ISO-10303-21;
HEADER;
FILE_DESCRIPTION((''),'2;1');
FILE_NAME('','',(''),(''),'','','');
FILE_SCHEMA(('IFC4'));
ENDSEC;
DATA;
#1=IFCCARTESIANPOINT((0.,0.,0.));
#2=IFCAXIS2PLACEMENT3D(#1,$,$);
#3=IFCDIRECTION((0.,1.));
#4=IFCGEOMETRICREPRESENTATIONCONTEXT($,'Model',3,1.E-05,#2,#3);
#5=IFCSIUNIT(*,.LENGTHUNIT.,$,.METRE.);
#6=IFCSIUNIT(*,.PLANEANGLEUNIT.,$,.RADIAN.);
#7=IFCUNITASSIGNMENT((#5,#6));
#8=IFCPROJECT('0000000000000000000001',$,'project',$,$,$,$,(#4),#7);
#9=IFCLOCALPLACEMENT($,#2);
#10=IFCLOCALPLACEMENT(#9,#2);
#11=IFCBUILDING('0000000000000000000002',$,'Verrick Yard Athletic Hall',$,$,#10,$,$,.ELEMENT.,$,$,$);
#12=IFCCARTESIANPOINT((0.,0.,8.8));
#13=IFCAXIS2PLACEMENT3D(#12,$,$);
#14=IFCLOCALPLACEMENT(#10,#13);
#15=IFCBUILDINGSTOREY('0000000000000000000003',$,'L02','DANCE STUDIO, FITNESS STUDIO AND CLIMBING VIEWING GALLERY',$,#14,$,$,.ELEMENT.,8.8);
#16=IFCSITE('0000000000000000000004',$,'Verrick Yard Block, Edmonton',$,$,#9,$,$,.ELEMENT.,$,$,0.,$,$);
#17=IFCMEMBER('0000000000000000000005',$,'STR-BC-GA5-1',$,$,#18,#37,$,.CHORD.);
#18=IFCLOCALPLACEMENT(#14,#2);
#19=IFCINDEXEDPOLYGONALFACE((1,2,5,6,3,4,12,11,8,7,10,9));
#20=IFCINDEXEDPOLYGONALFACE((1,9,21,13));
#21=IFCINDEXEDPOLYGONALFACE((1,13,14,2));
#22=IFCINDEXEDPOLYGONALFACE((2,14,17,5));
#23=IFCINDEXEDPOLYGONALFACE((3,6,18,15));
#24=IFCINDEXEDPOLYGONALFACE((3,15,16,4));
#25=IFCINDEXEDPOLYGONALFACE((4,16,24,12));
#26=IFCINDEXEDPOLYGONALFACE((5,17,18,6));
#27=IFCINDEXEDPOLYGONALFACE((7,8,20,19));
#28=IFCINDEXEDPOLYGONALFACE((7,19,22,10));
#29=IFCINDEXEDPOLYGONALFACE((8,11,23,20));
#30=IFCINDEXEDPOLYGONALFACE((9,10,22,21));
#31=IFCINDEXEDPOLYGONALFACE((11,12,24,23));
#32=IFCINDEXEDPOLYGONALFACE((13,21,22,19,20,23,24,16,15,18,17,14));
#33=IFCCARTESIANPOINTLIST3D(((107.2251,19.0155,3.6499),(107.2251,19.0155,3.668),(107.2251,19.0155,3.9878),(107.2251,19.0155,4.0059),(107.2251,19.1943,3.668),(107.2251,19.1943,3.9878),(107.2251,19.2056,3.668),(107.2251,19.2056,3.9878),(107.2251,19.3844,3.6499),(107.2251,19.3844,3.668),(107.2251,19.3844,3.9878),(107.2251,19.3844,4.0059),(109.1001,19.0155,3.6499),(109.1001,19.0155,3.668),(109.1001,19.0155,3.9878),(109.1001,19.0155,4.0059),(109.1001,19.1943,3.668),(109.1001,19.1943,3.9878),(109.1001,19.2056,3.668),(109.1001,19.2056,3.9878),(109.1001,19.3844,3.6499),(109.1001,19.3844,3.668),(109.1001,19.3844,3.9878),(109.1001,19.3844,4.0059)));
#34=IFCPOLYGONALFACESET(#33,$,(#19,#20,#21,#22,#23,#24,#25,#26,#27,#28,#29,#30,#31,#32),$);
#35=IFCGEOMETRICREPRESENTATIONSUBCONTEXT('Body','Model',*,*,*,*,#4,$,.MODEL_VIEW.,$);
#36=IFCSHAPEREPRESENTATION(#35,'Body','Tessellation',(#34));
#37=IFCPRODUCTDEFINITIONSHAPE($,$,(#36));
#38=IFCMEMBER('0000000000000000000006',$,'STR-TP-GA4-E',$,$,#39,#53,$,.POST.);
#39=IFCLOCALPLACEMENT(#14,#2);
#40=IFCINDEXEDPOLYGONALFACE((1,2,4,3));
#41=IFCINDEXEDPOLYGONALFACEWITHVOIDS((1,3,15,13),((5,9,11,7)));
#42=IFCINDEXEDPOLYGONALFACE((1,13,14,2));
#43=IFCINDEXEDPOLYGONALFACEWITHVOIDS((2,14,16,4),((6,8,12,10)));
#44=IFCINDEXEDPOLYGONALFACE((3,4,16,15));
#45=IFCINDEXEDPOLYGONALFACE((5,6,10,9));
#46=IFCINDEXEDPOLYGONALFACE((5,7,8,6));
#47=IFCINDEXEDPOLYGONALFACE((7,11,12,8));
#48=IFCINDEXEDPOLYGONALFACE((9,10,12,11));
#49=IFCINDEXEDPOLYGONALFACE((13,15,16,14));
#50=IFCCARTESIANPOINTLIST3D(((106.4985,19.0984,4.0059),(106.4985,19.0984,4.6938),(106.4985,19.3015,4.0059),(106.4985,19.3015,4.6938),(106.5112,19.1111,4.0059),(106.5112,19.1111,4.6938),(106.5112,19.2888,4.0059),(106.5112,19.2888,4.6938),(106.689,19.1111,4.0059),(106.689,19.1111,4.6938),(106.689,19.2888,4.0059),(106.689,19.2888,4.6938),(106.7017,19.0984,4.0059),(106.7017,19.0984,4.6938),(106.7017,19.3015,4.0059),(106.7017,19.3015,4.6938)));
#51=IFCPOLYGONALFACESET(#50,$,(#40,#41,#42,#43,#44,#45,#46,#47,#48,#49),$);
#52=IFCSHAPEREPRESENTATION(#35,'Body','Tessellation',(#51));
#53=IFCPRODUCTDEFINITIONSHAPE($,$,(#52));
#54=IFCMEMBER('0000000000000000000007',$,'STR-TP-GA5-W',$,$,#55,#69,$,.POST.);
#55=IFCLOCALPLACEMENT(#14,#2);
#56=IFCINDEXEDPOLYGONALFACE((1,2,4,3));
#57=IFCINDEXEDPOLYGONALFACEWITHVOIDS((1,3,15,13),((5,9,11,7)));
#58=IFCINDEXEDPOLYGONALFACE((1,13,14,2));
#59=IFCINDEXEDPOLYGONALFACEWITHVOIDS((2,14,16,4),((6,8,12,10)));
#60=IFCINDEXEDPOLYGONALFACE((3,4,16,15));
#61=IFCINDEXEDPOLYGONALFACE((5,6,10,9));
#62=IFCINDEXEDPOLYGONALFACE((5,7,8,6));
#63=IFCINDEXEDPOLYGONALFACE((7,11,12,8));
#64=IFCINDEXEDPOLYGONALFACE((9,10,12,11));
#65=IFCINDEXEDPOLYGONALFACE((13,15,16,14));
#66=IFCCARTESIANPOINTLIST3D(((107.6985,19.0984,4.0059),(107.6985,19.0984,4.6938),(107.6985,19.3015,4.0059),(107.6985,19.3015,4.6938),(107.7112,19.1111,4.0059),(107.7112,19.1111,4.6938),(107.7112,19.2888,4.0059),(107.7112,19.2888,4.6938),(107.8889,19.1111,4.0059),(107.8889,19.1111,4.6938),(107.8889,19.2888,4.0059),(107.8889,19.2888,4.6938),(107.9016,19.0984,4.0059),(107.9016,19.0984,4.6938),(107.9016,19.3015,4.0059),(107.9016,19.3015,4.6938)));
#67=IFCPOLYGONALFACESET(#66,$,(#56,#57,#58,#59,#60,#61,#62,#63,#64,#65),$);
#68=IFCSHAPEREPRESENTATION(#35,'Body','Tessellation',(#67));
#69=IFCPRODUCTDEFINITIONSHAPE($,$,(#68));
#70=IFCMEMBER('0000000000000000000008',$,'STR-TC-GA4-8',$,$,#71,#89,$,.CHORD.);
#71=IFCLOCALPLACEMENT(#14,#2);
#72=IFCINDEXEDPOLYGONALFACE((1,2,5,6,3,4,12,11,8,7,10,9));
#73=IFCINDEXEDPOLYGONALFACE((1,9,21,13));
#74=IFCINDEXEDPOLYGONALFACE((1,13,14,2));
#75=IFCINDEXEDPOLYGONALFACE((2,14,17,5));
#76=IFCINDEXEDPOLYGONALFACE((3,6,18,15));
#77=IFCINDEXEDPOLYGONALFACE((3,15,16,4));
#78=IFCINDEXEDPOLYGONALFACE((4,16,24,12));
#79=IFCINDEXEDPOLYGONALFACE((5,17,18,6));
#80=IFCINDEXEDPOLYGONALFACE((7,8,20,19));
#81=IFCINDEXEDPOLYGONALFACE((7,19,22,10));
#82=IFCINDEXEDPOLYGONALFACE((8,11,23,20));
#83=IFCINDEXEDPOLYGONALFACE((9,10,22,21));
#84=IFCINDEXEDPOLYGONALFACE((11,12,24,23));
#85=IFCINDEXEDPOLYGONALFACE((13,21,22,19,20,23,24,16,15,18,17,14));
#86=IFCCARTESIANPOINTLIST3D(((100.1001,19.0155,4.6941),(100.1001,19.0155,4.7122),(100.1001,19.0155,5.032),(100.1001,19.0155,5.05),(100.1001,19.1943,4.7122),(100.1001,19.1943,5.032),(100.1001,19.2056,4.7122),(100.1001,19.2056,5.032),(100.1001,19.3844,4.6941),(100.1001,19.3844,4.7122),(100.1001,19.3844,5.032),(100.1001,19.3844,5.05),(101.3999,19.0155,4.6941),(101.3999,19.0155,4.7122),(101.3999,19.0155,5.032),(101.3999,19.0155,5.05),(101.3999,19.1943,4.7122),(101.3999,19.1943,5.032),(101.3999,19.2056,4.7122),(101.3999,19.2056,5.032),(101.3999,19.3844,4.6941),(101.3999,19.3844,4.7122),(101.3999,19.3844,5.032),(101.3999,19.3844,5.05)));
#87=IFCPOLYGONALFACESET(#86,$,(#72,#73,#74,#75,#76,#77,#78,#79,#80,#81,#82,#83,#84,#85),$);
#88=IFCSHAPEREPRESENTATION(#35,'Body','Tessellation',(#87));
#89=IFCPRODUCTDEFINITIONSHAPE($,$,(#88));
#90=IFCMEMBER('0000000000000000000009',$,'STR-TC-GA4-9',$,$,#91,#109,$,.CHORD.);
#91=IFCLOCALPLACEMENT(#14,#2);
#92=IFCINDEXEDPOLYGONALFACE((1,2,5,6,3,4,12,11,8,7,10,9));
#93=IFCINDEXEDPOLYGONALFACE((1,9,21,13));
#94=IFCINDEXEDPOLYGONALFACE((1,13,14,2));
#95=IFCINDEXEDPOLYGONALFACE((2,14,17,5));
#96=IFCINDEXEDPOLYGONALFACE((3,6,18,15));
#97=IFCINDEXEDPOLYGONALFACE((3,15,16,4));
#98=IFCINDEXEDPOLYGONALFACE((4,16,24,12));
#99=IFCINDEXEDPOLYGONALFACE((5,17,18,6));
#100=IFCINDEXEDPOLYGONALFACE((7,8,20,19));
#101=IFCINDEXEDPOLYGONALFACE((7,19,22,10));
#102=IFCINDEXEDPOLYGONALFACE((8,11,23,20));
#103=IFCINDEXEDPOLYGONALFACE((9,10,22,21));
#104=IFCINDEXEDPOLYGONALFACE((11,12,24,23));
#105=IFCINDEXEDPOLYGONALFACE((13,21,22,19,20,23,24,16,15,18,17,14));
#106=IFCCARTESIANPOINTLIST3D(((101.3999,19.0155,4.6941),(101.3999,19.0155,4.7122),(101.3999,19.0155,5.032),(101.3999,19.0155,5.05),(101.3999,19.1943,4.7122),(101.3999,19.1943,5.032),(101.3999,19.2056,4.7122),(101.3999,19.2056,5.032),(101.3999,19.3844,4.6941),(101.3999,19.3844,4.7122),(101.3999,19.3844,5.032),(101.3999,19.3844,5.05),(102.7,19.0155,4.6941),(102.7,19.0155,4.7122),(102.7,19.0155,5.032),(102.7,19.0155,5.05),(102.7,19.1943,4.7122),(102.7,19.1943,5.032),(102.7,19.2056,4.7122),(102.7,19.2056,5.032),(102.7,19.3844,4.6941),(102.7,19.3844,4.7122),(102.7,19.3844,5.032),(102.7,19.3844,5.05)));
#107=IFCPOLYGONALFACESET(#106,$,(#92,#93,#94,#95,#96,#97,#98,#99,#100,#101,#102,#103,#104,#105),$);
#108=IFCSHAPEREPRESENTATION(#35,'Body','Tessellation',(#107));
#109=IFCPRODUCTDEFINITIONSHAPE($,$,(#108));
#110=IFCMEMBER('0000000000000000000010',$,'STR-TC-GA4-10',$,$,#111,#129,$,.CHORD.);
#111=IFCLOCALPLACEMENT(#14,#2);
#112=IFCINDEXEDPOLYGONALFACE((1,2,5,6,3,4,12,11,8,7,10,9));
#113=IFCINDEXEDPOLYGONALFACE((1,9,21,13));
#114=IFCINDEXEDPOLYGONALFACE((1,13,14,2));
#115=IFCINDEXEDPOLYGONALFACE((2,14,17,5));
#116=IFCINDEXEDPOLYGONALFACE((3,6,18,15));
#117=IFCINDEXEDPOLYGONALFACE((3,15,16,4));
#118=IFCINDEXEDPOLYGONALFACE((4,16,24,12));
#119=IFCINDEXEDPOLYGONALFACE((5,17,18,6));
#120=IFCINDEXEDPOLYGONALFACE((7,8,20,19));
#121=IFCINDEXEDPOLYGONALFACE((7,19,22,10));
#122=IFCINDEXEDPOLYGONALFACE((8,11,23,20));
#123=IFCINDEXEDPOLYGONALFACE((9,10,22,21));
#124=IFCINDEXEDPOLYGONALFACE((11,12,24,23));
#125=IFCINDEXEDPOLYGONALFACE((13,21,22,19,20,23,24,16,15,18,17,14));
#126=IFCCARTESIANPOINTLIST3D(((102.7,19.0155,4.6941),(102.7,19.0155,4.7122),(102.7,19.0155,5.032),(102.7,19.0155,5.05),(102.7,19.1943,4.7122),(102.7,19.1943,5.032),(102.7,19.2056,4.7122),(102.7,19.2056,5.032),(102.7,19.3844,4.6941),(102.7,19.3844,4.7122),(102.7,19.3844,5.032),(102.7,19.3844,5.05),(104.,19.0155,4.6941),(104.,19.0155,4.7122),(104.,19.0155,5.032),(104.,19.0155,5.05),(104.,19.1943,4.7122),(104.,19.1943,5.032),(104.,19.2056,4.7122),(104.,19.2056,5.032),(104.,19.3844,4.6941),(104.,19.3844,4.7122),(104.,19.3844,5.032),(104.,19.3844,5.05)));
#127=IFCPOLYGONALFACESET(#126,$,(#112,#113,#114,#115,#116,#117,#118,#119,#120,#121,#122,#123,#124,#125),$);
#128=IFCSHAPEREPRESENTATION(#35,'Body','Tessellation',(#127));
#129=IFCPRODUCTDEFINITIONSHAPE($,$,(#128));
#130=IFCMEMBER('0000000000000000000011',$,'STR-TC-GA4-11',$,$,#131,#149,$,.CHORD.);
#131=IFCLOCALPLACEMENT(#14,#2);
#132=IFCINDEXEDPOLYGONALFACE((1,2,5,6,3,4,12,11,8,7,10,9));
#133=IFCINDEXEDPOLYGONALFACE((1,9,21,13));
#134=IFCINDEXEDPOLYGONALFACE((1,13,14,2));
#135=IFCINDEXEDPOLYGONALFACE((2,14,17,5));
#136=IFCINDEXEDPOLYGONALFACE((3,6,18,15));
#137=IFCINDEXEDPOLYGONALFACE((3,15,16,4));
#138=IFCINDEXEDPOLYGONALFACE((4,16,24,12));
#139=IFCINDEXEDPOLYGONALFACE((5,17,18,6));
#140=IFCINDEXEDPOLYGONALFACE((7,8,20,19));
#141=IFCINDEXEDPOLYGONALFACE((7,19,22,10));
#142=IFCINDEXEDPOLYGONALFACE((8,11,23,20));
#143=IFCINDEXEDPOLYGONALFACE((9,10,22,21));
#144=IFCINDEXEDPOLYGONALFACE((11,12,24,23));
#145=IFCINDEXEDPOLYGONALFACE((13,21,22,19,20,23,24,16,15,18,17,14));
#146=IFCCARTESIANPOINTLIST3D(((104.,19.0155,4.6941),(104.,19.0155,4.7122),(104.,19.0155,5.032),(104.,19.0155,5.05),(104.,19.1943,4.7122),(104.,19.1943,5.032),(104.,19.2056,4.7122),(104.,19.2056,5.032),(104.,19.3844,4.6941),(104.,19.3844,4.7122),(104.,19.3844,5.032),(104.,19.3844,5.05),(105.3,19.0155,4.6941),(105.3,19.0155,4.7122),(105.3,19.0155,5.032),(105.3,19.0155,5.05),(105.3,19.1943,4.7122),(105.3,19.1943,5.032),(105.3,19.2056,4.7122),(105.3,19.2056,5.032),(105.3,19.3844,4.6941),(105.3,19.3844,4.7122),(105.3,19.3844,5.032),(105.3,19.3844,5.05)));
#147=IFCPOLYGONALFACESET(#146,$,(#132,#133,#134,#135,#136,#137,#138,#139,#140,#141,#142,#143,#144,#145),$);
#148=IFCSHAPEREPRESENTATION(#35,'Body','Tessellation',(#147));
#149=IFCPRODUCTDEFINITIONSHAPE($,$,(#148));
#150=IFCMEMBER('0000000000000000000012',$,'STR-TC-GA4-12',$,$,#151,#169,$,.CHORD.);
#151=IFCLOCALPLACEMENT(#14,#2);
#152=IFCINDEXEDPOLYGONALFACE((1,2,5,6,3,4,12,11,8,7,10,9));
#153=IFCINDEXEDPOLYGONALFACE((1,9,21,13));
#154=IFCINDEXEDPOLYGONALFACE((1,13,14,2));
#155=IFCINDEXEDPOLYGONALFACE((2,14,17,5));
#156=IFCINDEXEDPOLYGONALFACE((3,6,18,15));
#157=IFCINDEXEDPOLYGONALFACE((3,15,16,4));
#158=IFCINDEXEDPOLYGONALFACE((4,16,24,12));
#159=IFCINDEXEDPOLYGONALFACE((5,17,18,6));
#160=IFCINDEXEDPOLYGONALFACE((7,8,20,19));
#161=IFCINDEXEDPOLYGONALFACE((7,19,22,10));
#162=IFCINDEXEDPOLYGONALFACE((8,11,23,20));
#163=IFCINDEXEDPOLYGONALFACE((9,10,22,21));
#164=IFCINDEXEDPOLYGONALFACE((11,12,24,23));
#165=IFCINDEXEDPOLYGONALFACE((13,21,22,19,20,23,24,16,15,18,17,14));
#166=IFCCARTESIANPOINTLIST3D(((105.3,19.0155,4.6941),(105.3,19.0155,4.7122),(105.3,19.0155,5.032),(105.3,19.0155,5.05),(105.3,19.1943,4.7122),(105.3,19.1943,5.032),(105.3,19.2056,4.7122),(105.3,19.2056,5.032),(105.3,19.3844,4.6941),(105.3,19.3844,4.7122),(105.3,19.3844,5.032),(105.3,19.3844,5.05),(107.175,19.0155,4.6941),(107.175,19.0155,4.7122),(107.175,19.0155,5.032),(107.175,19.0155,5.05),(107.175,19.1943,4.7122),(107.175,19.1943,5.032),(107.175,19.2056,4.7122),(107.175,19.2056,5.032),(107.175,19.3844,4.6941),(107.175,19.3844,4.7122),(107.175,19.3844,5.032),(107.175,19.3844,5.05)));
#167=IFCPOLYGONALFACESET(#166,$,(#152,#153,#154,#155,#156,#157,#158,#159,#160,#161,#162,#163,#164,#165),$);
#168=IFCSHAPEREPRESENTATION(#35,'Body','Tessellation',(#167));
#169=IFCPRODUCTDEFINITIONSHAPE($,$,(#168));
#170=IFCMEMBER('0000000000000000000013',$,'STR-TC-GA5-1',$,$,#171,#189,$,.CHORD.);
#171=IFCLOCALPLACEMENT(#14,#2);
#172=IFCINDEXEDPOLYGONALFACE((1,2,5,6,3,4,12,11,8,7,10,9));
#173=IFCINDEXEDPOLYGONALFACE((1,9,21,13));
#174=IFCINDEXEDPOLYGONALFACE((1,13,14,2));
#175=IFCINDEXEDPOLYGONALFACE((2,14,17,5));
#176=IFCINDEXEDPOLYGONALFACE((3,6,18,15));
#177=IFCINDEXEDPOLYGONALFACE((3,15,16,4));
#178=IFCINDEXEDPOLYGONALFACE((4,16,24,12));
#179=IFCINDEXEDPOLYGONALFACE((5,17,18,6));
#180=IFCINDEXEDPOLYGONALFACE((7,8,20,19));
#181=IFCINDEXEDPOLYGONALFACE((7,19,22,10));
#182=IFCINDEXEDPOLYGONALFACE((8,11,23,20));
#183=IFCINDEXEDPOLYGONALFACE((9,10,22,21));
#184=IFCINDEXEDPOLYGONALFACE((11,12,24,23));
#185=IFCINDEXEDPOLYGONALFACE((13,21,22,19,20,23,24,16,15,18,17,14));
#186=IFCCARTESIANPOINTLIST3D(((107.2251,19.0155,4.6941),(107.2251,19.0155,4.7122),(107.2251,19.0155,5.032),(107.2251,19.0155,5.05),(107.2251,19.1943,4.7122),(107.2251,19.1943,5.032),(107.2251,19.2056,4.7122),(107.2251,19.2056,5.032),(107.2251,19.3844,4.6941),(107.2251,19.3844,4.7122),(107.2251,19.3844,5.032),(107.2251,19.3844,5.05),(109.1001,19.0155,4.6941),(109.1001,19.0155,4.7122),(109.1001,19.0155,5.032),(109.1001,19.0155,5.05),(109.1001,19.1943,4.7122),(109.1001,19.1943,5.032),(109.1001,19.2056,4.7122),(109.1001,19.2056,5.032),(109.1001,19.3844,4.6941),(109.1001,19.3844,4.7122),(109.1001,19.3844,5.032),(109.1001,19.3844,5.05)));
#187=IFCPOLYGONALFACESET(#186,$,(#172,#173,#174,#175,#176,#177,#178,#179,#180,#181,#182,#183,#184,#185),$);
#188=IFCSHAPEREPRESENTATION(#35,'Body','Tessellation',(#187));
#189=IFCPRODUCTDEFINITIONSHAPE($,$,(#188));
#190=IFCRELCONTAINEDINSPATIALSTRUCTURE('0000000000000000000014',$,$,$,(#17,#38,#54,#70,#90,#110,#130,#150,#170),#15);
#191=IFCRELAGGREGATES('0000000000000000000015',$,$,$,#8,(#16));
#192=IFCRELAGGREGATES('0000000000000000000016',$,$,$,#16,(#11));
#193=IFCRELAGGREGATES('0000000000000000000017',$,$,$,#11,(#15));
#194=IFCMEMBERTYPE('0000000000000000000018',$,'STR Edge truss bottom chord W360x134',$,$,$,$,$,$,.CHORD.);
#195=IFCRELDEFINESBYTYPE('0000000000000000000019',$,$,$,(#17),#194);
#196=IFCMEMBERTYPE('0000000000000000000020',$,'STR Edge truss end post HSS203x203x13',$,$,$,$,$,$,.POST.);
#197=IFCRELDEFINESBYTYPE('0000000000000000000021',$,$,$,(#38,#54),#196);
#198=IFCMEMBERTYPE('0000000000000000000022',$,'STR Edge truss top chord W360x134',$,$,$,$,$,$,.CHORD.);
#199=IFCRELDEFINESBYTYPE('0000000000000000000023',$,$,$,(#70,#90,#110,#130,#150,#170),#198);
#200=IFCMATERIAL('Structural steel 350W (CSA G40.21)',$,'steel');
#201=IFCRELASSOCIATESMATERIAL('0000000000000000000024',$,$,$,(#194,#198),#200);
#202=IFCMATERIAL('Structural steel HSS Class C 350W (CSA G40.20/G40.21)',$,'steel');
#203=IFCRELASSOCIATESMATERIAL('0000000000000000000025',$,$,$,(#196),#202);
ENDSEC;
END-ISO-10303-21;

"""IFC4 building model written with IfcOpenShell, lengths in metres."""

from ifc_helpers import new_model, si_unit, direction, frame, origin, origin_2d, place, context, subcontext, project, spatial, hollow_rectangle, i_section, extrude, material, material_profile, profile_set, type_object, element, save


model = new_model("IFC4")

# Units and contexts
model_context = context("Model", 3, precision=1e-05, world=origin(), true_north=direction((0.0, 1.0)))
body_context = subcontext(model_context, "Body", "Model", "MODEL_VIEW")
ifc_project = project(units=[si_unit("LENGTHUNIT", "METRE"), si_unit("PLANEANGLEUNIT", "RADIAN")], contexts=[model_context])

# Site, building, storey
site_placement = place(None, origin())
site = spatial("IfcSite", under=ifc_project, at=site_placement, Name="Verrick Yard Block, Edmonton", CompositionType="ELEMENT", RefElevation=0.0)
building_placement = place(site_placement, origin())
building = spatial("IfcBuilding", under=site, at=building_placement, Name="Verrick Yard Athletic Hall", CompositionType="ELEMENT")
storey_placement = place(building_placement, frame((0.0, 0.0, 8.8)))
storey = spatial("IfcBuildingStorey", under=building, at=storey_placement, Name="L02", Description="DANCE STUDIO, FITNESS STUDIO AND CLIMBING VIEWING GALLERY", CompositionType="ELEMENT", Elevation=8.8)

# Shared definitions
ifc_material_1 = material(Name="Structural steel 350W (CSA G40.21)", Category="steel")

# Members
ifc_material_profile_1 = material_profile(ifc_material_1, i_section(OverallWidth=0.3689, OverallDepth=0.356, WebThickness=0.0112, FlangeThickness=0.0181, at=origin_2d()), Name="W360x134")
ifc_profile_set_1 = profile_set([ifc_material_profile_1], Name="Structural steel 350W (CSA G40.21)")
member_type_1 = type_object("IfcMemberType", Name="STR Edge truss bottom chord W360x134", PredefinedType="CHORD", material=ifc_profile_set_1)
for number, where, z_axis, x_axis, name in (
    (1, (107.2251, 19.2, 3.8279), (1.0, 0.0, 0.0), (0.0, 1.0, 0.0), "STR-BC-GA5-1"),
):
    element("IfcMember", number, at=place(storey_placement, frame(where, z_axis=z_axis, x_axis=x_axis)), inside=storey, type_object=member_type_1, Name=name, PredefinedType="CHORD", context=body_context, shape_type="SweptSolid", body=[
        extrude(i_section(OverallWidth=0.3689, OverallDepth=0.356, WebThickness=0.0112, FlangeThickness=0.0181, at=origin_2d()), origin(), (0.0, 0.0, 1.0), 1.875),
    ])
ifc_material_2 = material(Name="Structural steel HSS Class C 350W (CSA G40.20/G40.21)", Category="steel")
ifc_material_profile_2 = material_profile(ifc_material_2, hollow_rectangle(XDim=0.2031, YDim=0.2031, WallThickness=0.0127, at=origin_2d()), Name="HSS203x203x13")
ifc_profile_set_2 = profile_set([ifc_material_profile_2], Name="Structural steel HSS Class C 350W (CSA G40.20/G40.21)")
member_type_2 = type_object("IfcMemberType", Name="STR Edge truss end post HSS203x203x13", PredefinedType="POST", material=ifc_profile_set_2)
for number, where, z_axis, x_axis, name in (
    (2, (106.6001, 19.2, 4.0059), (0.0, 0.0, 1.0), (1.0, 0.0, 0.0), "STR-TP-GA4-E"),
    (3, (107.8, 19.2, 4.0059), (0.0, 0.0, 1.0), (1.0, 0.0, 0.0), "STR-TP-GA5-W"),
):
    element("IfcMember", number, at=place(storey_placement, frame(where, z_axis=z_axis, x_axis=x_axis)), inside=storey, type_object=member_type_2, Name=name, PredefinedType="POST", context=body_context, shape_type="SweptSolid", body=[
        extrude(hollow_rectangle(XDim=0.2031, YDim=0.2031, WallThickness=0.0127, at=origin_2d()), origin(), (0.0, 0.0, 1.0), 0.688),
    ])
ifc_material_profile_3 = material_profile(ifc_material_1, i_section(OverallWidth=0.3689, OverallDepth=0.356, WebThickness=0.0112, FlangeThickness=0.0181, at=origin_2d()), Name="W360x134")
ifc_profile_set_3 = profile_set([ifc_material_profile_3], Name="Structural steel 350W (CSA G40.21)")
member_type_3 = type_object("IfcMemberType", Name="STR Edge truss top chord W360x134", PredefinedType="CHORD", material=ifc_profile_set_3)
member_1_placement = place(storey_placement, frame((100.1001, 19.2, 4.8721), z_axis=(1.0, 0.0, 0.0), x_axis=(0.0, 1.0, 0.0)))
element("IfcMember", 4, at=member_1_placement, inside=storey, type_object=member_type_3, Name="STR-TC-GA4-8", PredefinedType="CHORD", context=body_context, shape_type="SweptSolid", body=[
    extrude(i_section(OverallWidth=0.3689, OverallDepth=0.356, WebThickness=0.0112, FlangeThickness=0.0181, at=origin_2d()), origin(), (0.0, 0.0, 1.0), 1.2998),
])
for number, where, z_axis, x_axis, name in (
    (5, (101.3999, 19.2, 4.8721), (1.0, 0.0, 0.0), (0.0, 1.0, 0.0), "STR-TC-GA4-9"),
    (6, (102.7, 19.2, 4.8721), (1.0, 0.0, 0.0), (0.0, 1.0, 0.0), "STR-TC-GA4-10"),
    (7, (104.0, 19.2, 4.8721), (1.0, 0.0, 0.0), (0.0, 1.0, 0.0), "STR-TC-GA4-11"),
):
    element("IfcMember", number, at=place(storey_placement, frame(where, z_axis=z_axis, x_axis=x_axis)), inside=storey, type_object=member_type_3, Name=name, PredefinedType="CHORD", context=body_context, shape_type="SweptSolid", body=[
        extrude(i_section(OverallWidth=0.3689, OverallDepth=0.356, WebThickness=0.0112, FlangeThickness=0.0181, at=origin_2d()), origin(), (0.0, 0.0, 1.0), 1.3),
    ])
for number, where, z_axis, x_axis, name in (
    (8, (105.3, 19.2, 4.8721), (1.0, 0.0, 0.0), (0.0, 1.0, 0.0), "STR-TC-GA4-12"),
    (9, (107.2251, 19.2, 4.8721), (1.0, 0.0, 0.0), (0.0, 1.0, 0.0), "STR-TC-GA5-1"),
):
    element("IfcMember", number, at=place(storey_placement, frame(where, z_axis=z_axis, x_axis=x_axis)), inside=storey, type_object=member_type_3, Name=name, PredefinedType="CHORD", context=body_context, shape_type="SweptSolid", body=[
        extrude(i_section(OverallWidth=0.3689, OverallDepth=0.356, WebThickness=0.0112, FlangeThickness=0.0181, at=origin_2d()), origin(), (0.0, 0.0, 1.0), 1.875),
    ])

save(model, "model.ifc")
